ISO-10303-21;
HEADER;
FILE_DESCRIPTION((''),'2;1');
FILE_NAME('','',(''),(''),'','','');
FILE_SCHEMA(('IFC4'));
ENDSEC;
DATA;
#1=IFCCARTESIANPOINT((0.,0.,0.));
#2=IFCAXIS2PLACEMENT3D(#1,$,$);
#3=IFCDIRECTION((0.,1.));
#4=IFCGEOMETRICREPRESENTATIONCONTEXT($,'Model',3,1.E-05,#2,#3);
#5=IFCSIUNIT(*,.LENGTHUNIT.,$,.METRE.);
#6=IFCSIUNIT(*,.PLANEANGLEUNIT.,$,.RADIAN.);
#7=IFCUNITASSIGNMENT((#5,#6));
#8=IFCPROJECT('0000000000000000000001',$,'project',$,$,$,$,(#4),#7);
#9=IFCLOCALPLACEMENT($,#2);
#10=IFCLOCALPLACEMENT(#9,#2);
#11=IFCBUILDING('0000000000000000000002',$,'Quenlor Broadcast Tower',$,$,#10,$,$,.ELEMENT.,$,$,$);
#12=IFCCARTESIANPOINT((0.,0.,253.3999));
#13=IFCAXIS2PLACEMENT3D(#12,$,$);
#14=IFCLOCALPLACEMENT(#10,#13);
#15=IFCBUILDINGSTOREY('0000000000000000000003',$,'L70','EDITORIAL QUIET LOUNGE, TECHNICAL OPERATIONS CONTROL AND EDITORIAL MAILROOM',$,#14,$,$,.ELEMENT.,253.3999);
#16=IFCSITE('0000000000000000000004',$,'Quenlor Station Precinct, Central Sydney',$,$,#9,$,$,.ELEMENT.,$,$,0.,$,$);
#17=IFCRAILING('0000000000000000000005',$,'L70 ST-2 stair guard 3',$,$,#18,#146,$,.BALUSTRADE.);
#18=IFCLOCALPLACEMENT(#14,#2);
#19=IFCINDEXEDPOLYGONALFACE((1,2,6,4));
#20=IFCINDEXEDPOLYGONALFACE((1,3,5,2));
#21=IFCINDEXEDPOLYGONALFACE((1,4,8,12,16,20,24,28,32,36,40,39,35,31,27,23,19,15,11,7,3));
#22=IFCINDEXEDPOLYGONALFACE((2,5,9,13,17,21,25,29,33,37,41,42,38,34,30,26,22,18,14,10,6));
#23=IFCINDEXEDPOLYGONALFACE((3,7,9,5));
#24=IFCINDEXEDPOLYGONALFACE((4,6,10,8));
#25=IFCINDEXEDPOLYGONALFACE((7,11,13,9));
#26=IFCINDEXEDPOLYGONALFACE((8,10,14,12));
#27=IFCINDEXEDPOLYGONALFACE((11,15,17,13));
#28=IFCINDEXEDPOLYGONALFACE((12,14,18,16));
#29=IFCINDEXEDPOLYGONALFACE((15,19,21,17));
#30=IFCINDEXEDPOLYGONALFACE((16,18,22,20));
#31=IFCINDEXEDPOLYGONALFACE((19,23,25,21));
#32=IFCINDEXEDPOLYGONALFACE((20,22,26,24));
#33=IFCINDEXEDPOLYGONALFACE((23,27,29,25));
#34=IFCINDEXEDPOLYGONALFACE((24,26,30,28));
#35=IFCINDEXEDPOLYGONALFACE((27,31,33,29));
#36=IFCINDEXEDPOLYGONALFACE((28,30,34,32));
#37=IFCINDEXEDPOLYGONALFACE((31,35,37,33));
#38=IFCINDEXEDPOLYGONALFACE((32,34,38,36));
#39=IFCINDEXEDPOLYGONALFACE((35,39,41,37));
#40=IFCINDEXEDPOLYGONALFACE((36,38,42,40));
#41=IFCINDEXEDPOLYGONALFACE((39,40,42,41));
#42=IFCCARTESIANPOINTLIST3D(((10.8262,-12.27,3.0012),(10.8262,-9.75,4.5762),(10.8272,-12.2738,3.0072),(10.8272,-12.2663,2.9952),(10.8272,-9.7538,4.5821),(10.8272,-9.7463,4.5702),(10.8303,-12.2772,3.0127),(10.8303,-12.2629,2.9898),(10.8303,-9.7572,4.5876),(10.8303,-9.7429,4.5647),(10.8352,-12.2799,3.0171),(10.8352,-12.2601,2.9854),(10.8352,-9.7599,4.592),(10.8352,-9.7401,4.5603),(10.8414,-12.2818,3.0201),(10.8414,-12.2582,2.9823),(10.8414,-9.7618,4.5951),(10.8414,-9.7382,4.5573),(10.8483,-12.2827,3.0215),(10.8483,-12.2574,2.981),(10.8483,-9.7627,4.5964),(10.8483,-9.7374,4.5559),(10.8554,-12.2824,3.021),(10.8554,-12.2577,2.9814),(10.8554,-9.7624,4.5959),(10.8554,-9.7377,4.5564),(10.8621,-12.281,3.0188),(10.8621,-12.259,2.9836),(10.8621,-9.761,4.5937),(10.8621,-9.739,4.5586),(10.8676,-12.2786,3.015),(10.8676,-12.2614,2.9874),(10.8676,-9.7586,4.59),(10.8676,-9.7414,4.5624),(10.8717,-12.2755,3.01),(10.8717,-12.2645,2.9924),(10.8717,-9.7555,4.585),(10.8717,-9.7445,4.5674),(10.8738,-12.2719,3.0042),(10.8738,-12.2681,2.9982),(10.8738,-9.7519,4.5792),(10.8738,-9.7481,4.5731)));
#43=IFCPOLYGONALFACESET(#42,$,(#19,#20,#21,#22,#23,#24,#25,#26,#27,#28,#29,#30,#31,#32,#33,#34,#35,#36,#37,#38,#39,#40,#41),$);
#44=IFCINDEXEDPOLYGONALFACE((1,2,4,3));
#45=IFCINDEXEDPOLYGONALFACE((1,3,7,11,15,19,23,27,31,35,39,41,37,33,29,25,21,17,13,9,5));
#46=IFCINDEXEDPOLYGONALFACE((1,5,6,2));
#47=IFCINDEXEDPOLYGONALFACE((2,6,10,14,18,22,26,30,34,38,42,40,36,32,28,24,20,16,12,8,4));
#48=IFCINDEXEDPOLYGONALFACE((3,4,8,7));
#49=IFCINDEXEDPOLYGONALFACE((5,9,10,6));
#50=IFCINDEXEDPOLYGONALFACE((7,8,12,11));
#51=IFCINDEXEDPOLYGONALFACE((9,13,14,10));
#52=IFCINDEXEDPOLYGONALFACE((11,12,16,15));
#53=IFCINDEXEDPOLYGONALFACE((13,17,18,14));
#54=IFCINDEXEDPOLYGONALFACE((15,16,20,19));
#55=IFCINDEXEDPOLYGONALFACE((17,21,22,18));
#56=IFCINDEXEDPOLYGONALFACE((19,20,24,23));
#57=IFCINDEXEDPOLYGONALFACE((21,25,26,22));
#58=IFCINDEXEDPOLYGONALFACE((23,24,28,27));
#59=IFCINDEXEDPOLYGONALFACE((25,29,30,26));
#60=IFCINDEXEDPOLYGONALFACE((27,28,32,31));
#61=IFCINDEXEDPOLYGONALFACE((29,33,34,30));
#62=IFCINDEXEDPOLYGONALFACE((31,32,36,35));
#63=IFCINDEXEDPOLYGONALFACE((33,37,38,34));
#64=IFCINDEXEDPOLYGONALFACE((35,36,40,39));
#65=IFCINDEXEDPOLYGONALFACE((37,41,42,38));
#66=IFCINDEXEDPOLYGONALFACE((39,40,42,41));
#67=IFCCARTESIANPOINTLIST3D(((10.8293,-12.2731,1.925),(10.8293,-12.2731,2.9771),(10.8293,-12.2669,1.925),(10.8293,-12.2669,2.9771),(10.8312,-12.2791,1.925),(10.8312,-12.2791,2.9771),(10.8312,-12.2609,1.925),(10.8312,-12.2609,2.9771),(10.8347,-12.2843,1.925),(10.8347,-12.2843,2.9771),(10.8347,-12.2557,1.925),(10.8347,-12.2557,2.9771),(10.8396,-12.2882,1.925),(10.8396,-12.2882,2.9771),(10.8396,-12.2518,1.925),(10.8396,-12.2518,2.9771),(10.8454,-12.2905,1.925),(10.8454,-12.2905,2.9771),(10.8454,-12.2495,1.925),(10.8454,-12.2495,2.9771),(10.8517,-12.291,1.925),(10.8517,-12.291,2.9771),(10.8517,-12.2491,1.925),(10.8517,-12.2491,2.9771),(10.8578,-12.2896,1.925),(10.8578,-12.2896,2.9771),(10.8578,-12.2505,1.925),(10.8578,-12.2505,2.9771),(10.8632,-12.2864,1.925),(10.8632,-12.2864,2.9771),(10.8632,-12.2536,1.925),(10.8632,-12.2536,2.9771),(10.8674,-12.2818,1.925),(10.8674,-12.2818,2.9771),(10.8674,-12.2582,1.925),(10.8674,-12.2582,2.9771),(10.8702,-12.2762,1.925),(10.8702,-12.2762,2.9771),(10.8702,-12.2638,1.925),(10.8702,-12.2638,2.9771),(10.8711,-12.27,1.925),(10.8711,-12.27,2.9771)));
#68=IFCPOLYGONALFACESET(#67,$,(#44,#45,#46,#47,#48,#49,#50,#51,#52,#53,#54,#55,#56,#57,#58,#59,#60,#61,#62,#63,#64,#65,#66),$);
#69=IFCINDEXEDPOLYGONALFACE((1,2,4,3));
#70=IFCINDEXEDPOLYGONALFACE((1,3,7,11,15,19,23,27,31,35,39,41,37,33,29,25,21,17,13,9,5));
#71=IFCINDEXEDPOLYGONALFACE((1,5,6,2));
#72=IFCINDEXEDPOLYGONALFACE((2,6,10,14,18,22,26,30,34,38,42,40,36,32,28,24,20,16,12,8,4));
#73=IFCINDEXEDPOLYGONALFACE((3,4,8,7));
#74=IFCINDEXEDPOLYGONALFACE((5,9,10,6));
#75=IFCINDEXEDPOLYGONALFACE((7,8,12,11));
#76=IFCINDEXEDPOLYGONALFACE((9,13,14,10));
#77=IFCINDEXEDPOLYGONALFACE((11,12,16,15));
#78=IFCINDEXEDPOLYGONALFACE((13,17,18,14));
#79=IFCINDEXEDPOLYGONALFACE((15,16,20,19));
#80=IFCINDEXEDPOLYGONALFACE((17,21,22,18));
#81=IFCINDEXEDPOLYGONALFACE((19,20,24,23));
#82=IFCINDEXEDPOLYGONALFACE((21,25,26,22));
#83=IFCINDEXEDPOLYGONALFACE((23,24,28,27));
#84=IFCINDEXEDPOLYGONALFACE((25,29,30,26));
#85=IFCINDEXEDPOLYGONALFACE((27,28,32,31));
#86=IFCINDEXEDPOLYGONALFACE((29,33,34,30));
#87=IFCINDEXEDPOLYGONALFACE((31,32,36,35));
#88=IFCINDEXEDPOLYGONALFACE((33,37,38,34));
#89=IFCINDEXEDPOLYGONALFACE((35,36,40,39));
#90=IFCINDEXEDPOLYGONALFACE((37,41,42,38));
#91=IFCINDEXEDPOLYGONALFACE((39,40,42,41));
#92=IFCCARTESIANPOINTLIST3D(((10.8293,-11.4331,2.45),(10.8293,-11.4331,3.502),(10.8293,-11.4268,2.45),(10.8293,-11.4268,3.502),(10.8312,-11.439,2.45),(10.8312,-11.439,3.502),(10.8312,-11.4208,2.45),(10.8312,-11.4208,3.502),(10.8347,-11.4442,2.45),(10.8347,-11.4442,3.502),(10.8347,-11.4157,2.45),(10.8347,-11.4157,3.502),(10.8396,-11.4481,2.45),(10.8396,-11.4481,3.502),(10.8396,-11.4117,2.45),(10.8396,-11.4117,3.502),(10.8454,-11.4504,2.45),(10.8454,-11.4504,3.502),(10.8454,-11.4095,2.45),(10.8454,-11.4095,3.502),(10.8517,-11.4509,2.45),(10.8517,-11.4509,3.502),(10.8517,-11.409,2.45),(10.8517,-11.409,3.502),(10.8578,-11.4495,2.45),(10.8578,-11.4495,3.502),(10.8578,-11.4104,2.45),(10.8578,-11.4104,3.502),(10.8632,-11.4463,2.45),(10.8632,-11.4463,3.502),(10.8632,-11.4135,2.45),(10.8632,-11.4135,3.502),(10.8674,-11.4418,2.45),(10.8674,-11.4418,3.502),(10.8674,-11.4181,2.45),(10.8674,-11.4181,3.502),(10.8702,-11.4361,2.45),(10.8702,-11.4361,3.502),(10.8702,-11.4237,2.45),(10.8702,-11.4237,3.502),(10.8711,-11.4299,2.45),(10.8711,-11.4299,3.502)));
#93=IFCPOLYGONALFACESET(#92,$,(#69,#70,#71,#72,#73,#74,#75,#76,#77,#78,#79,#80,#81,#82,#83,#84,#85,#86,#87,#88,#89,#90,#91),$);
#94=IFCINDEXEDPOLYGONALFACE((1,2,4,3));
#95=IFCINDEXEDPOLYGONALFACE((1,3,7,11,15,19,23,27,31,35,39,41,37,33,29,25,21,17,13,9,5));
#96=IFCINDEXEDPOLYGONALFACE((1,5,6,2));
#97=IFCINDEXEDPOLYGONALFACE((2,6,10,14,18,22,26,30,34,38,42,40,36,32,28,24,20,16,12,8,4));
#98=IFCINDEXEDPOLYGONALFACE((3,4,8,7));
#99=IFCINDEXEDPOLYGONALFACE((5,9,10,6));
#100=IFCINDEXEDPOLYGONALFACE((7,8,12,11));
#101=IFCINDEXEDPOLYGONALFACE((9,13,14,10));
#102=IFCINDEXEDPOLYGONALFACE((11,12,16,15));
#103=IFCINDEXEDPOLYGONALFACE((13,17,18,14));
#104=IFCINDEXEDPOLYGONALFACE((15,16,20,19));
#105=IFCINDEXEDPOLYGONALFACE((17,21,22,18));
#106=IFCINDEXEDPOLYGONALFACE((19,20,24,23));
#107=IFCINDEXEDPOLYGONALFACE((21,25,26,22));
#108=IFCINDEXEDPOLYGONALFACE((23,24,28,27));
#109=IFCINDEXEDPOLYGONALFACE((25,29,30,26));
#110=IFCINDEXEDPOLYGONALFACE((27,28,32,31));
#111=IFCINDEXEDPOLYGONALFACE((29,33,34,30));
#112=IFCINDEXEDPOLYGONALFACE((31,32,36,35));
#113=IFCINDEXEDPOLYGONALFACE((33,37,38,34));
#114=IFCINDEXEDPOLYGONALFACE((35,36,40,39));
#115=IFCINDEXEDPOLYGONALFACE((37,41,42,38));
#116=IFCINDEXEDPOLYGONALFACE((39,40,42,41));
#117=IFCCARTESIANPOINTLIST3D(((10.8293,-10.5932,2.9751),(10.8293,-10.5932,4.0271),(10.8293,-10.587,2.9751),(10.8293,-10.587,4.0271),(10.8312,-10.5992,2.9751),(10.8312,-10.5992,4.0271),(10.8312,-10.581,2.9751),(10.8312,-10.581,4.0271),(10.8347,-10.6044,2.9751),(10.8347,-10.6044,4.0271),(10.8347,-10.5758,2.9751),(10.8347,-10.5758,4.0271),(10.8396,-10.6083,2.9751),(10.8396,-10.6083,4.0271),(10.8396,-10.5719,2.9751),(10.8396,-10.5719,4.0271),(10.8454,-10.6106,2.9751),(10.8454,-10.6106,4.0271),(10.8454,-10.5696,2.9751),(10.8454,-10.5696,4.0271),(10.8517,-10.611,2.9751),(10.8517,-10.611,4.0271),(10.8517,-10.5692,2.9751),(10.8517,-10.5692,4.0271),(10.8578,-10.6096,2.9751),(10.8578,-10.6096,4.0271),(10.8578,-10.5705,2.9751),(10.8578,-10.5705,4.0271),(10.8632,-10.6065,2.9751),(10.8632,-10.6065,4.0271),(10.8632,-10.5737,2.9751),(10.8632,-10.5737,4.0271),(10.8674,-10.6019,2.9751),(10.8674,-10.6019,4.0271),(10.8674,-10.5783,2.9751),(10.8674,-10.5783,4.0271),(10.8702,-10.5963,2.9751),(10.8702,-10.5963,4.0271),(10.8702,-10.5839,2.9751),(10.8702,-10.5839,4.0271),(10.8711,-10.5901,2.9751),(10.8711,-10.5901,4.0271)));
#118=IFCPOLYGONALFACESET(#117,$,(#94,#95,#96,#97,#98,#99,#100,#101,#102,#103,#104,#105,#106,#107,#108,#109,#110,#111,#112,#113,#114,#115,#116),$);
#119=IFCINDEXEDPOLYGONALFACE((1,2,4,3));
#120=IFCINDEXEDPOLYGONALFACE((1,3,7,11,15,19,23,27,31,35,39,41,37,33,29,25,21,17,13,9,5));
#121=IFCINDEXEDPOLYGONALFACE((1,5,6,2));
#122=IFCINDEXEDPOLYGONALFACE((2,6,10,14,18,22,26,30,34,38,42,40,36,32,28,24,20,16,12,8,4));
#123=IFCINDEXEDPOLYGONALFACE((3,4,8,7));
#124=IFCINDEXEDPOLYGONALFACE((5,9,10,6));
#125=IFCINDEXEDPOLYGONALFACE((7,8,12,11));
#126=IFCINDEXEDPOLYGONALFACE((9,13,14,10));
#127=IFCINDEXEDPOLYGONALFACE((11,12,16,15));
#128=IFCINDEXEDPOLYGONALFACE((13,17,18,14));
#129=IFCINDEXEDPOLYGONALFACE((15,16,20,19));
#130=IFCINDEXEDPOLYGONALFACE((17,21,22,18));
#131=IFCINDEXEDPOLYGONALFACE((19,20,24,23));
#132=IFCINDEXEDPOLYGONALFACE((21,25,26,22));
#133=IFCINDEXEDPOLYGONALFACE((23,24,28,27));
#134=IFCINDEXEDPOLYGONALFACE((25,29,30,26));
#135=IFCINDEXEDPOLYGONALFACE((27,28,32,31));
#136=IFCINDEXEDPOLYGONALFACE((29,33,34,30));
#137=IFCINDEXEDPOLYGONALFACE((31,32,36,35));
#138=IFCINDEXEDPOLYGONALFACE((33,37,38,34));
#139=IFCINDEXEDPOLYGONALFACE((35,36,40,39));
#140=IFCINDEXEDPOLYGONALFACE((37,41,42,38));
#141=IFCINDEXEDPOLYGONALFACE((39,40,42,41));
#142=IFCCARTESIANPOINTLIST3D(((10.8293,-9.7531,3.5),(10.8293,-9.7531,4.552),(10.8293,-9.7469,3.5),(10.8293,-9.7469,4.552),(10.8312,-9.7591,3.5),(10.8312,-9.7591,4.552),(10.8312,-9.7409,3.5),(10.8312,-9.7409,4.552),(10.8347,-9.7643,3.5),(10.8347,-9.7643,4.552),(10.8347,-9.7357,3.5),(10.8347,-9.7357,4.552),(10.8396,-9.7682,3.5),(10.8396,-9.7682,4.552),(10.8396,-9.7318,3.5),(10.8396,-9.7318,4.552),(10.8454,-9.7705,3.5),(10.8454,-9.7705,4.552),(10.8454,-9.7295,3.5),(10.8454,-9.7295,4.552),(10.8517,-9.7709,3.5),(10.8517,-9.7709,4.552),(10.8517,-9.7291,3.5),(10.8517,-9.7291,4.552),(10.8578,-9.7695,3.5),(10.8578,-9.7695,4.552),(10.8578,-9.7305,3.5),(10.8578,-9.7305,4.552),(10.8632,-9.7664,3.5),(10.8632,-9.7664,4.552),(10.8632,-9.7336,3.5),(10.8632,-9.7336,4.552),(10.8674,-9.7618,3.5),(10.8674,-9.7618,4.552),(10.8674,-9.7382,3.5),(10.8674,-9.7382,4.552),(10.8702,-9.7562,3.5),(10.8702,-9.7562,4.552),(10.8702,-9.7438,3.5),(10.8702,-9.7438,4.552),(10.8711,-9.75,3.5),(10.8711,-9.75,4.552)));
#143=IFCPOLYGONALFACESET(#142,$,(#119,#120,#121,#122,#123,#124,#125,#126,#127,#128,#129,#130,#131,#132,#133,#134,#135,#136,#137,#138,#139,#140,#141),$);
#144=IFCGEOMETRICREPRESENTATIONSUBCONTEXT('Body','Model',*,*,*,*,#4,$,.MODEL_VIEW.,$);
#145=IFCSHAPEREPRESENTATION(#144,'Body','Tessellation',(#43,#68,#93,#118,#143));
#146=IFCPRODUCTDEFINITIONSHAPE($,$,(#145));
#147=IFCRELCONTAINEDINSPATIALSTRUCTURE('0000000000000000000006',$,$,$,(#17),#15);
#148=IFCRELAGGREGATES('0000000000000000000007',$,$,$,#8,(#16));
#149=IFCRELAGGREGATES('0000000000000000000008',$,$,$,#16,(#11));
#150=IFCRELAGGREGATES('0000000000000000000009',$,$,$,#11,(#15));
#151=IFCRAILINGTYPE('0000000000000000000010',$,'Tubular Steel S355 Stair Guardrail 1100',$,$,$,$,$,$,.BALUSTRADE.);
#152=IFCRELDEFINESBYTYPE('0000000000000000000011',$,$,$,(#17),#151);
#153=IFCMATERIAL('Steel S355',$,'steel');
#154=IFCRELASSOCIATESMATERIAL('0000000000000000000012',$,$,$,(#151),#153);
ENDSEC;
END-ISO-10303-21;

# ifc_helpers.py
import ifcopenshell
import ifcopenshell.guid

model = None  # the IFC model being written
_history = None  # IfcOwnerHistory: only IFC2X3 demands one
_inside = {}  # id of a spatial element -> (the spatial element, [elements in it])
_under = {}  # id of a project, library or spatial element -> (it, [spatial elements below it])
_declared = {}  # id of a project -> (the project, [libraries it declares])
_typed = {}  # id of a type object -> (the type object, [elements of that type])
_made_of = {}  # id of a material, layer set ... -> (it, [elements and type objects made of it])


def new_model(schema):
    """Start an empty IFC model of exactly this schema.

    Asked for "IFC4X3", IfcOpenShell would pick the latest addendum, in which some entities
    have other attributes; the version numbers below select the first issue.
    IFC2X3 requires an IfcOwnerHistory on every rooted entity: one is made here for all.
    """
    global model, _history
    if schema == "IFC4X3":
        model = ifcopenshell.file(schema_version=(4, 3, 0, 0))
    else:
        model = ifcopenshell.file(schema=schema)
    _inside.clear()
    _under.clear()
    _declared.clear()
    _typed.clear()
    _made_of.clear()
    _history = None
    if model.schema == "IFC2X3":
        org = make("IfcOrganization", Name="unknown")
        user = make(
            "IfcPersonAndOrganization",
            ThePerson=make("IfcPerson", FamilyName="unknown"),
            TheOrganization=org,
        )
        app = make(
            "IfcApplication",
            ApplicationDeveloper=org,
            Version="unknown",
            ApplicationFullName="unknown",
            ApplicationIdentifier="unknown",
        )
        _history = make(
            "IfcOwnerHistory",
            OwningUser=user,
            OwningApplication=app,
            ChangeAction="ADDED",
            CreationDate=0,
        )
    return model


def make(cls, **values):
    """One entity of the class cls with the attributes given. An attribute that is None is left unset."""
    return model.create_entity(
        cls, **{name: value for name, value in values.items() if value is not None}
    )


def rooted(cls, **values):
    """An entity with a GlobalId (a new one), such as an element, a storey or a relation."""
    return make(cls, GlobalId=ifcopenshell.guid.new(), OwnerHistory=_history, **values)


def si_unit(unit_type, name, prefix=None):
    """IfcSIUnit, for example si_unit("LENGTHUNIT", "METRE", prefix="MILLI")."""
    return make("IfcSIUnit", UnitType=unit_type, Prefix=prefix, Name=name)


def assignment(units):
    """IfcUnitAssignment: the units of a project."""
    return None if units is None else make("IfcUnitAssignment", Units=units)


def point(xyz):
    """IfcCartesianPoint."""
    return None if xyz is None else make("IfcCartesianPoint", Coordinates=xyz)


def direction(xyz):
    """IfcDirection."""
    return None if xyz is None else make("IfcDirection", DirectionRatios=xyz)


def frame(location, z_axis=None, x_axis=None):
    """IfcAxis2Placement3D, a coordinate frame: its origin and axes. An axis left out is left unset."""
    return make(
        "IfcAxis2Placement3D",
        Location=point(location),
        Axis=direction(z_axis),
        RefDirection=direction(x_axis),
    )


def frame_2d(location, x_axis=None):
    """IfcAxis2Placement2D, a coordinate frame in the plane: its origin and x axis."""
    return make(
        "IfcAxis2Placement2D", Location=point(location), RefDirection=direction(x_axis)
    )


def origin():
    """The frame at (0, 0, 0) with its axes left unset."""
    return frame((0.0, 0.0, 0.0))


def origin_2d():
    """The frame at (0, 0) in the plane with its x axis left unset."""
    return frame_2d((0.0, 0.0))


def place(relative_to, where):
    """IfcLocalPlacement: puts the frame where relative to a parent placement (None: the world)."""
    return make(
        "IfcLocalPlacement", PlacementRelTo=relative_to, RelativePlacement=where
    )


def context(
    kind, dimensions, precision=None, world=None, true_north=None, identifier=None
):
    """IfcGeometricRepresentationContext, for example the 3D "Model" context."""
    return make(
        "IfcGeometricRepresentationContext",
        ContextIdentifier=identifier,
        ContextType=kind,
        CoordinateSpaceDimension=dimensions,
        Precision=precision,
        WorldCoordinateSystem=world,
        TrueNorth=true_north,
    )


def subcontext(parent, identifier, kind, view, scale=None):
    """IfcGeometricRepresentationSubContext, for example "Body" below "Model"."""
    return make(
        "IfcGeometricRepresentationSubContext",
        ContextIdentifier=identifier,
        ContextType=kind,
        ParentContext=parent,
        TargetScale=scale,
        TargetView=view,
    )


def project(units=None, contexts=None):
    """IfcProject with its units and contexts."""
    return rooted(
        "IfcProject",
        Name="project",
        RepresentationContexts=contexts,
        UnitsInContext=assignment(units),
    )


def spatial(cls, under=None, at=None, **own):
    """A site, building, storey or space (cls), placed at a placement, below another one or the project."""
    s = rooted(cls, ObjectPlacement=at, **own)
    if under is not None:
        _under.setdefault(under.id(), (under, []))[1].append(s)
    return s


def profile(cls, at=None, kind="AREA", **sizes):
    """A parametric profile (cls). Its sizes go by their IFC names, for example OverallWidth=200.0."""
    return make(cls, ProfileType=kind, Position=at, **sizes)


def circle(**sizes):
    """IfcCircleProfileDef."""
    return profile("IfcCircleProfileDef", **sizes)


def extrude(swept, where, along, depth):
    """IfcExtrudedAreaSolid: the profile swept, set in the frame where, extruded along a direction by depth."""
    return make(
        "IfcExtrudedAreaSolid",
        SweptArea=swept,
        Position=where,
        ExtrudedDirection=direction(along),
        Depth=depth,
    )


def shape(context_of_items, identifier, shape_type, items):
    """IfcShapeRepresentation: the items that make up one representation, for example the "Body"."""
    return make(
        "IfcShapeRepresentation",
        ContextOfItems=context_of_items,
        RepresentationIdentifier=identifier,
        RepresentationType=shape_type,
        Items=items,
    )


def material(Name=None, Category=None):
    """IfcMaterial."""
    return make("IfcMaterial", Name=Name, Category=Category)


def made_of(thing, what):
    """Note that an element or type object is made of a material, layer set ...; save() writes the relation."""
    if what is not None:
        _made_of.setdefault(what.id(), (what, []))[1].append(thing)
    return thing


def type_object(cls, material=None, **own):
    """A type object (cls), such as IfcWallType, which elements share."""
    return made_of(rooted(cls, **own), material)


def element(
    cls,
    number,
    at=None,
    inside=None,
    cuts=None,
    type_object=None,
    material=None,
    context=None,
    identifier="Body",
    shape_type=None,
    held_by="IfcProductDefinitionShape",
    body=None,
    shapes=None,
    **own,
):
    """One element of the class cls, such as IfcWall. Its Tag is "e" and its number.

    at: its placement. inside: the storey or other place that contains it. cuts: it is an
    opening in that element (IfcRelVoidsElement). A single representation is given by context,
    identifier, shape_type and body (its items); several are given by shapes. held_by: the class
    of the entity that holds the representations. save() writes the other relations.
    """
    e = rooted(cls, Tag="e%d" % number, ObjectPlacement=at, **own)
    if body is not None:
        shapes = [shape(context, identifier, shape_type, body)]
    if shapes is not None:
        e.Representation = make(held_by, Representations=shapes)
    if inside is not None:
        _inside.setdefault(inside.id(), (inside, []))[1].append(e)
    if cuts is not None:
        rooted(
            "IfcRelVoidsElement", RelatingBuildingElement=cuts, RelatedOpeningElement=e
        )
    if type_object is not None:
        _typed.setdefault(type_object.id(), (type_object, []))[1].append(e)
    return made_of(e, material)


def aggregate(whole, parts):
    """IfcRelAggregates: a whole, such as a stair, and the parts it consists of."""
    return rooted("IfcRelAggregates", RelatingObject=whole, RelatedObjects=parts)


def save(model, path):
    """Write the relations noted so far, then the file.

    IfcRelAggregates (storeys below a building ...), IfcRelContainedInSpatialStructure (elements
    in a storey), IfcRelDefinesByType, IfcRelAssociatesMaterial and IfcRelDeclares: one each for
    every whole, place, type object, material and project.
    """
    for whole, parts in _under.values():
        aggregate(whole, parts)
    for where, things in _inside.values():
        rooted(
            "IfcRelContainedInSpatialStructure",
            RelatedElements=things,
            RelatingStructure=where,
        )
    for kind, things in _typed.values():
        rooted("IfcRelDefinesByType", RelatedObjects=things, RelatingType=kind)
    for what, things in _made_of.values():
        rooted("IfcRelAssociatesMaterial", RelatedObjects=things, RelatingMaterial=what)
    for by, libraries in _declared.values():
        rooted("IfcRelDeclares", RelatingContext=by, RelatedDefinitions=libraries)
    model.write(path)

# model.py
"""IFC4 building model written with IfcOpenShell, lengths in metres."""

from ifc_helpers import new_model, si_unit, direction, frame, origin, origin_2d, place, context, subcontext, project, spatial, circle, extrude, material, type_object, element, save


model = new_model("IFC4")

# Units and contexts
model_context = context("Model", 3, precision=1e-05, world=origin(), true_north=direction((0.0, 1.0)))
body_context = subcontext(model_context, "Body", "Model", "MODEL_VIEW")
ifc_project = project(units=[si_unit("LENGTHUNIT", "METRE"), si_unit("PLANEANGLEUNIT", "RADIAN")], contexts=[model_context])

# Site, building, storey
site_placement = place(None, origin())
site = spatial("IfcSite", under=ifc_project, at=site_placement, Name="Quenlor Station Precinct, Central Sydney", CompositionType="ELEMENT", RefElevation=0.0)
building_placement = place(site_placement, origin())
building = spatial("IfcBuilding", under=site, at=building_placement, Name="Quenlor Broadcast Tower", CompositionType="ELEMENT")
storey_placement = place(building_placement, frame((0.0, 0.0, 253.3999)))
storey = spatial("IfcBuildingStorey", under=building, at=storey_placement, Name="L70", Description="EDITORIAL QUIET LOUNGE, TECHNICAL OPERATIONS CONTROL AND EDITORIAL MAILROOM", CompositionType="ELEMENT", Elevation=253.3999)

# Railing
ifc_material_1 = material(Name="Steel S355", Category="steel")
railing_type = type_object("IfcRailingType", Name="Tubular Steel S355 Stair Guardrail 1100", PredefinedType="BALUSTRADE", material=ifc_material_1)
railing_placement = place(storey_placement, frame((10.8501, -12.27, 1.925)))
element("IfcRailing", 1, at=railing_placement, inside=storey, type_object=railing_type, Name="L70 ST-2 stair guard 3", PredefinedType="BALUSTRADE", context=body_context, shape_type="SweptSolid", body=[
    extrude(circle(Radius=0.0239, at=origin_2d()), frame((0.0, 0.0, 1.0762), z_axis=(0.0, 0.848008, 0.529984), x_axis=(-1.0, 0.0, 0.0)), (0.0, 0.0, 1.0), 2.9717),
    extrude(circle(Radius=0.021, at=origin_2d()), origin(), (0.0, 0.0, 1.0), 1.052),
    extrude(circle(Radius=0.021, at=origin_2d()), frame((0.0, 0.8401, 0.5249)), (0.0, 0.0, 1.0), 1.052),
    extrude(circle(Radius=0.021, at=origin_2d()), frame((0.0, 1.6799, 1.05)), (0.0, 0.0, 1.0), 1.052),
    extrude(circle(Radius=0.021, at=origin_2d()), frame((0.0, 2.52, 1.575)), (0.0, 0.0, 1.0), 1.052),
])

save(model, "model.ifc")
